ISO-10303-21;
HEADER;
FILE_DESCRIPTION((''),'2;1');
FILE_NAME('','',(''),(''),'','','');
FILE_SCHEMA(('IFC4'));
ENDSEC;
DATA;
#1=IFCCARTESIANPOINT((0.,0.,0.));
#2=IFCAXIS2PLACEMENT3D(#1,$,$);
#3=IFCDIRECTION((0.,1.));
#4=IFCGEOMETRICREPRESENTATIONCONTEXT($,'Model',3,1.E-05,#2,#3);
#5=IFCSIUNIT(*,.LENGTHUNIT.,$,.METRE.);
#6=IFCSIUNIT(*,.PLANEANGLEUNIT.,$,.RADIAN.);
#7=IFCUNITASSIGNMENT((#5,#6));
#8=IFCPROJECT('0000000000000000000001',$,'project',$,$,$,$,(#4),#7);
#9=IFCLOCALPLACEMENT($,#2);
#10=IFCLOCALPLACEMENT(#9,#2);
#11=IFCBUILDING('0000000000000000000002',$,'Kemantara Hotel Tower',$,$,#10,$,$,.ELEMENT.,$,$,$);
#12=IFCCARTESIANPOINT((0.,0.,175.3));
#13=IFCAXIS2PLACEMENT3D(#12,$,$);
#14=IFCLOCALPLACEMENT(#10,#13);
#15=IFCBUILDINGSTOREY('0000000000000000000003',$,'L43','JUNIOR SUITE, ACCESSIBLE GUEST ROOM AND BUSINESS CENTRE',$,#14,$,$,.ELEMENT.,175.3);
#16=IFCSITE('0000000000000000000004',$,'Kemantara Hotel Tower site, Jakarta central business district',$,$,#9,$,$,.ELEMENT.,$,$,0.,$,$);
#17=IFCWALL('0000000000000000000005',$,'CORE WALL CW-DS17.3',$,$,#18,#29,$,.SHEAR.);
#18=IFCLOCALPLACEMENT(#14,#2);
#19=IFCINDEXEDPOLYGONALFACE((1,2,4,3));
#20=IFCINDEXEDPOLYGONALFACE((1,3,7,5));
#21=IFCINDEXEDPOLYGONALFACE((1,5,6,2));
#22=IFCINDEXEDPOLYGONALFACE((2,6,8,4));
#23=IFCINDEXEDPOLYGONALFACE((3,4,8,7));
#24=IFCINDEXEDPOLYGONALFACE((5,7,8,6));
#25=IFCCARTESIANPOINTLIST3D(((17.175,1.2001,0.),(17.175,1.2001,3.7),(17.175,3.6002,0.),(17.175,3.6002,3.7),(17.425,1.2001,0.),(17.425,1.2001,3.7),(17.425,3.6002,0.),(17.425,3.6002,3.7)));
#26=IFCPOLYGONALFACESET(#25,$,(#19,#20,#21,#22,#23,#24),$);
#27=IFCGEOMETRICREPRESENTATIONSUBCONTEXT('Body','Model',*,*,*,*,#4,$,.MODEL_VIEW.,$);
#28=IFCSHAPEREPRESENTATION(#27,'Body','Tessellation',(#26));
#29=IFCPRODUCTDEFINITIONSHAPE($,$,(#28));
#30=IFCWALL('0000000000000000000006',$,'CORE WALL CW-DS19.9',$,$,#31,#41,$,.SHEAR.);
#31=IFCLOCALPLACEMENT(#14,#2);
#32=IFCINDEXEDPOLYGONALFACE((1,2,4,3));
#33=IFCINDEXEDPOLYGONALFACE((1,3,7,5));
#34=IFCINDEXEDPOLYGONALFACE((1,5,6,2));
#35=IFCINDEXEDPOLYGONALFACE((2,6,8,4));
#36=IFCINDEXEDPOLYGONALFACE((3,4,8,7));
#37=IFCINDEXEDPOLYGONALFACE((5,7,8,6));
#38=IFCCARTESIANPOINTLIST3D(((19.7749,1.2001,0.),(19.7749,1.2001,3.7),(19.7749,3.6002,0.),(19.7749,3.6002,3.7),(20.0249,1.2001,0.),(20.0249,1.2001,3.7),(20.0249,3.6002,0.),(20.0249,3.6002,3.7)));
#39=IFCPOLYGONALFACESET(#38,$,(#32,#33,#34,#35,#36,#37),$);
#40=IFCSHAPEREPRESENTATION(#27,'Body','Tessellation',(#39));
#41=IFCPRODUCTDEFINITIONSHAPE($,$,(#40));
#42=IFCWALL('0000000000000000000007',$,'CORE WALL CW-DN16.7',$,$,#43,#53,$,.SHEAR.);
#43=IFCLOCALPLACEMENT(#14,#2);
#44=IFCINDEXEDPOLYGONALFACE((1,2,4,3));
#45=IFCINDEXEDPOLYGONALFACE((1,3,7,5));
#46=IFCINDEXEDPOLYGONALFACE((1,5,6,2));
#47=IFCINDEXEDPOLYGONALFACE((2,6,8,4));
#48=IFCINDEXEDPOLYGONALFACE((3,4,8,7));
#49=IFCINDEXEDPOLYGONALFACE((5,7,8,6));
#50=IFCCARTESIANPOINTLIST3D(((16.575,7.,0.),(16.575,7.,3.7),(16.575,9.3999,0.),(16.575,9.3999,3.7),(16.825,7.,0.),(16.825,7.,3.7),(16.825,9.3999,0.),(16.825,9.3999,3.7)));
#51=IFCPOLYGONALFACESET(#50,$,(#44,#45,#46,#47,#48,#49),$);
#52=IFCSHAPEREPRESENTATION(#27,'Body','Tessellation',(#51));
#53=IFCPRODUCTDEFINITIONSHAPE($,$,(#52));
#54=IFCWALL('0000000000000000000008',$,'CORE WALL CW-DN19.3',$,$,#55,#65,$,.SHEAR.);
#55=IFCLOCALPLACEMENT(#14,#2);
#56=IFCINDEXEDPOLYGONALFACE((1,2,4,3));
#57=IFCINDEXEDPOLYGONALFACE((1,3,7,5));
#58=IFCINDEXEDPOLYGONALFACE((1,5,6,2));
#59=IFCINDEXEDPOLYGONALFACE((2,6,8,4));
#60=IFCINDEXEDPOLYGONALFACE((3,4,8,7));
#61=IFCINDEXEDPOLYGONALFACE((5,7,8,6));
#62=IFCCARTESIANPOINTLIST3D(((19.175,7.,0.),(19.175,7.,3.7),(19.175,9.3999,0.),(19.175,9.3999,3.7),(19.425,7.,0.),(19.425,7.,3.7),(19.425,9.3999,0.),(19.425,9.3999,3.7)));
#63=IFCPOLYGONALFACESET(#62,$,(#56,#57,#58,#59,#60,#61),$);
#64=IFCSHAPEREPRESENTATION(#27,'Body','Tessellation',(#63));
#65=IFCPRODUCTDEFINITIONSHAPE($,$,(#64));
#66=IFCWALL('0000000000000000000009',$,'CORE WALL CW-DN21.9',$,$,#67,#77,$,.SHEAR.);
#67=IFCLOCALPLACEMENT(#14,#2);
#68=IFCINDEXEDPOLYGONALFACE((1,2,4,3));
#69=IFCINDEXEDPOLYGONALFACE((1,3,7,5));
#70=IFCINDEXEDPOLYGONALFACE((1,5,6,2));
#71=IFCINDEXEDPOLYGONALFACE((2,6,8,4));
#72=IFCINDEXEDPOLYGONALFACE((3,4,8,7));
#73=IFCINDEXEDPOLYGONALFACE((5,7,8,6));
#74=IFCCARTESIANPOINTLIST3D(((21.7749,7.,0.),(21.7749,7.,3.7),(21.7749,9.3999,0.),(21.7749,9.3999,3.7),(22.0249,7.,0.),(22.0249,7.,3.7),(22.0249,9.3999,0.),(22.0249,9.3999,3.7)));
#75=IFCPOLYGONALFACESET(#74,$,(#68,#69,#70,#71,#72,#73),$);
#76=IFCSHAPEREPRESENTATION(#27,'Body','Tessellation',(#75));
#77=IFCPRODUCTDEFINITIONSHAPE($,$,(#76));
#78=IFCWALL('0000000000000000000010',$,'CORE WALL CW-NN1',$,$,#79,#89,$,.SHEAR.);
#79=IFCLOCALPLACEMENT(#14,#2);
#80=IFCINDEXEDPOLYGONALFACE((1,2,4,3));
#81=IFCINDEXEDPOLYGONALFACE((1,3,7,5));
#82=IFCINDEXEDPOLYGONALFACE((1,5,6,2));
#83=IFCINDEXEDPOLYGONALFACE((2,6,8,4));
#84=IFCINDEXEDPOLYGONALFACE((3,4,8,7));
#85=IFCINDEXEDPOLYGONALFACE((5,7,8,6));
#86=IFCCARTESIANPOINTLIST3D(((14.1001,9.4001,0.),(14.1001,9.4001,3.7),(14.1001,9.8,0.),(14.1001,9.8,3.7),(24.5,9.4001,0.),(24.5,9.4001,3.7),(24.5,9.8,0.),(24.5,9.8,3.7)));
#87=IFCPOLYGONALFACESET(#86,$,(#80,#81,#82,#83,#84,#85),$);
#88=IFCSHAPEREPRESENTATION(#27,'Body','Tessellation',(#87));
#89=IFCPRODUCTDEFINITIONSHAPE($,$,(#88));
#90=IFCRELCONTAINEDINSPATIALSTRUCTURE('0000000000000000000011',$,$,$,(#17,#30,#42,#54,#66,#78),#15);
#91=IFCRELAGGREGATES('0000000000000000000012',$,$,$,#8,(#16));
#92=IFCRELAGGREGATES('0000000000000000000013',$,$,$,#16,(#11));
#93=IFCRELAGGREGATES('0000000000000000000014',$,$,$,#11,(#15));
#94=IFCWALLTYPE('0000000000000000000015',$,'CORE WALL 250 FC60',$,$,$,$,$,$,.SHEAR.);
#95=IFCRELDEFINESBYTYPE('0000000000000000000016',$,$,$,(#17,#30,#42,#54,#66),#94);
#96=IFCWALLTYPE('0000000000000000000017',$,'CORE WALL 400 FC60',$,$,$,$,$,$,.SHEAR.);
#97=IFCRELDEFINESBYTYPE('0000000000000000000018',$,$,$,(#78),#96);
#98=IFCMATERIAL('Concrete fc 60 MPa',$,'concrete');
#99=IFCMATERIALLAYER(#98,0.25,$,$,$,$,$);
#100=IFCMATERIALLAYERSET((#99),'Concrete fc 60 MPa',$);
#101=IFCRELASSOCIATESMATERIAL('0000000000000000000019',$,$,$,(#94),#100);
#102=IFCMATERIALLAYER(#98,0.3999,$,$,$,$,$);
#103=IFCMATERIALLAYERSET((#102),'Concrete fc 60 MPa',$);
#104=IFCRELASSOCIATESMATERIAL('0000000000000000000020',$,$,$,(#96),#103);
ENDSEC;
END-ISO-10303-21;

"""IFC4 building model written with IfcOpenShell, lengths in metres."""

from ifc_helpers import new_model, si_unit, direction, frame, frame_2d, origin, place, context, subcontext, project, spatial, rectangle, extrude, material, layer, layer_set, type_object, element, save


model = new_model("IFC4")

# Units and contexts
model_context = context("Model", 3, precision=1e-05, world=origin(), true_north=direction((0.0, 1.0)))
body_context = subcontext(model_context, "Body", "Model", "MODEL_VIEW")
ifc_project = project(units=[si_unit("LENGTHUNIT", "METRE"), si_unit("PLANEANGLEUNIT", "RADIAN")], contexts=[model_context])

# Site, building, storey
site_placement = place(None, origin())
site = spatial("IfcSite", under=ifc_project, at=site_placement, Name="Kemantara Hotel Tower site, Jakarta central business district", CompositionType="ELEMENT", RefElevation=0.0)
building_placement = place(site_placement, origin())
building = spatial("IfcBuilding", under=site, at=building_placement, Name="Kemantara Hotel Tower", CompositionType="ELEMENT")
storey_placement = place(building_placement, frame((0.0, 0.0, 175.3)))
storey = spatial("IfcBuildingStorey", under=building, at=storey_placement, Name="L43", Description="JUNIOR SUITE, ACCESSIBLE GUEST ROOM AND BUSINESS CENTRE", CompositionType="ELEMENT", Elevation=175.3)

# Walls
ifc_material_1 = material(Name="Concrete fc 60 MPa", Category="concrete")
ifc_layer_1 = layer(ifc_material_1, 0.25)
ifc_layer_set_1 = layer_set([ifc_layer_1], Name="Concrete fc 60 MPa")
wall_type_1 = type_object("IfcWallType", Name="CORE WALL 250 FC60", PredefinedType="SHEAR", material=ifc_layer_set_1)
for number, where, z_axis, x_axis, name in (
    (1, (17.3, 1.2, 0.0), (0.0, 0.0, 1.0), (0.0, 1.0, 0.0), "CORE WALL CW-DS17.3"),
    (2, (19.8999, 1.2, 0.0), (0.0, 0.0, 1.0), (0.0, 1.0, 0.0), "CORE WALL CW-DS19.9"),
):
    element("IfcWall", number, at=place(storey_placement, frame(where, z_axis=z_axis, x_axis=x_axis)), inside=storey, type_object=wall_type_1, Name=name, PredefinedType="SHEAR", context=body_context, shape_type="SweptSolid", body=[
        extrude(rectangle(XDim=2.4001, YDim=0.25, at=frame_2d((1.2002, 0.0))), origin(), (0.0, 0.0, 1.0), 3.7),
    ])
for number, where, z_axis, x_axis, name in (
    (3, (16.7, 7.0, 0.0), (0.0, 0.0, 1.0), (0.0, 1.0, 0.0), "CORE WALL CW-DN16.7"),
    (4, (19.3, 7.0, 0.0), (0.0, 0.0, 1.0), (0.0, 1.0, 0.0), "CORE WALL CW-DN19.3"),
    (5, (21.8999, 7.0, 0.0), (0.0, 0.0, 1.0), (0.0, 1.0, 0.0), "CORE WALL CW-DN21.9"),
):
    element("IfcWall", number, at=place(storey_placement, frame(where, z_axis=z_axis, x_axis=x_axis)), inside=storey, type_object=wall_type_1, Name=name, PredefinedType="SHEAR", context=body_context, shape_type="SweptSolid", body=[
        extrude(rectangle(XDim=2.3999, YDim=0.25, at=frame_2d((1.2, 0.0))), origin(), (0.0, 0.0, 1.0), 3.7),
    ])
ifc_layer_2 = layer(ifc_material_1, 0.3999)
ifc_layer_set_2 = layer_set([ifc_layer_2], Name="Concrete fc 60 MPa")
wall_type_2 = type_object("IfcWallType", Name="CORE WALL 400 FC60", PredefinedType="SHEAR", material=ifc_layer_set_2)
wall_1_placement = place(storey_placement, frame((14.1001, 9.6001, 0.0), z_axis=(0.0, 0.0, 1.0), x_axis=(1.0, 0.0, 0.0)))
element("IfcWall", 6, at=wall_1_placement, inside=storey, type_object=wall_type_2, Name="CORE WALL CW-NN1", PredefinedType="SHEAR", context=body_context, shape_type="SweptSolid", body=[
    extrude(rectangle(XDim=10.3999, YDim=0.3999, at=frame_2d((5.2, 0.0))), origin(), (0.0, 0.0, 1.0), 3.7),
])

save(model, "model.ifc")
